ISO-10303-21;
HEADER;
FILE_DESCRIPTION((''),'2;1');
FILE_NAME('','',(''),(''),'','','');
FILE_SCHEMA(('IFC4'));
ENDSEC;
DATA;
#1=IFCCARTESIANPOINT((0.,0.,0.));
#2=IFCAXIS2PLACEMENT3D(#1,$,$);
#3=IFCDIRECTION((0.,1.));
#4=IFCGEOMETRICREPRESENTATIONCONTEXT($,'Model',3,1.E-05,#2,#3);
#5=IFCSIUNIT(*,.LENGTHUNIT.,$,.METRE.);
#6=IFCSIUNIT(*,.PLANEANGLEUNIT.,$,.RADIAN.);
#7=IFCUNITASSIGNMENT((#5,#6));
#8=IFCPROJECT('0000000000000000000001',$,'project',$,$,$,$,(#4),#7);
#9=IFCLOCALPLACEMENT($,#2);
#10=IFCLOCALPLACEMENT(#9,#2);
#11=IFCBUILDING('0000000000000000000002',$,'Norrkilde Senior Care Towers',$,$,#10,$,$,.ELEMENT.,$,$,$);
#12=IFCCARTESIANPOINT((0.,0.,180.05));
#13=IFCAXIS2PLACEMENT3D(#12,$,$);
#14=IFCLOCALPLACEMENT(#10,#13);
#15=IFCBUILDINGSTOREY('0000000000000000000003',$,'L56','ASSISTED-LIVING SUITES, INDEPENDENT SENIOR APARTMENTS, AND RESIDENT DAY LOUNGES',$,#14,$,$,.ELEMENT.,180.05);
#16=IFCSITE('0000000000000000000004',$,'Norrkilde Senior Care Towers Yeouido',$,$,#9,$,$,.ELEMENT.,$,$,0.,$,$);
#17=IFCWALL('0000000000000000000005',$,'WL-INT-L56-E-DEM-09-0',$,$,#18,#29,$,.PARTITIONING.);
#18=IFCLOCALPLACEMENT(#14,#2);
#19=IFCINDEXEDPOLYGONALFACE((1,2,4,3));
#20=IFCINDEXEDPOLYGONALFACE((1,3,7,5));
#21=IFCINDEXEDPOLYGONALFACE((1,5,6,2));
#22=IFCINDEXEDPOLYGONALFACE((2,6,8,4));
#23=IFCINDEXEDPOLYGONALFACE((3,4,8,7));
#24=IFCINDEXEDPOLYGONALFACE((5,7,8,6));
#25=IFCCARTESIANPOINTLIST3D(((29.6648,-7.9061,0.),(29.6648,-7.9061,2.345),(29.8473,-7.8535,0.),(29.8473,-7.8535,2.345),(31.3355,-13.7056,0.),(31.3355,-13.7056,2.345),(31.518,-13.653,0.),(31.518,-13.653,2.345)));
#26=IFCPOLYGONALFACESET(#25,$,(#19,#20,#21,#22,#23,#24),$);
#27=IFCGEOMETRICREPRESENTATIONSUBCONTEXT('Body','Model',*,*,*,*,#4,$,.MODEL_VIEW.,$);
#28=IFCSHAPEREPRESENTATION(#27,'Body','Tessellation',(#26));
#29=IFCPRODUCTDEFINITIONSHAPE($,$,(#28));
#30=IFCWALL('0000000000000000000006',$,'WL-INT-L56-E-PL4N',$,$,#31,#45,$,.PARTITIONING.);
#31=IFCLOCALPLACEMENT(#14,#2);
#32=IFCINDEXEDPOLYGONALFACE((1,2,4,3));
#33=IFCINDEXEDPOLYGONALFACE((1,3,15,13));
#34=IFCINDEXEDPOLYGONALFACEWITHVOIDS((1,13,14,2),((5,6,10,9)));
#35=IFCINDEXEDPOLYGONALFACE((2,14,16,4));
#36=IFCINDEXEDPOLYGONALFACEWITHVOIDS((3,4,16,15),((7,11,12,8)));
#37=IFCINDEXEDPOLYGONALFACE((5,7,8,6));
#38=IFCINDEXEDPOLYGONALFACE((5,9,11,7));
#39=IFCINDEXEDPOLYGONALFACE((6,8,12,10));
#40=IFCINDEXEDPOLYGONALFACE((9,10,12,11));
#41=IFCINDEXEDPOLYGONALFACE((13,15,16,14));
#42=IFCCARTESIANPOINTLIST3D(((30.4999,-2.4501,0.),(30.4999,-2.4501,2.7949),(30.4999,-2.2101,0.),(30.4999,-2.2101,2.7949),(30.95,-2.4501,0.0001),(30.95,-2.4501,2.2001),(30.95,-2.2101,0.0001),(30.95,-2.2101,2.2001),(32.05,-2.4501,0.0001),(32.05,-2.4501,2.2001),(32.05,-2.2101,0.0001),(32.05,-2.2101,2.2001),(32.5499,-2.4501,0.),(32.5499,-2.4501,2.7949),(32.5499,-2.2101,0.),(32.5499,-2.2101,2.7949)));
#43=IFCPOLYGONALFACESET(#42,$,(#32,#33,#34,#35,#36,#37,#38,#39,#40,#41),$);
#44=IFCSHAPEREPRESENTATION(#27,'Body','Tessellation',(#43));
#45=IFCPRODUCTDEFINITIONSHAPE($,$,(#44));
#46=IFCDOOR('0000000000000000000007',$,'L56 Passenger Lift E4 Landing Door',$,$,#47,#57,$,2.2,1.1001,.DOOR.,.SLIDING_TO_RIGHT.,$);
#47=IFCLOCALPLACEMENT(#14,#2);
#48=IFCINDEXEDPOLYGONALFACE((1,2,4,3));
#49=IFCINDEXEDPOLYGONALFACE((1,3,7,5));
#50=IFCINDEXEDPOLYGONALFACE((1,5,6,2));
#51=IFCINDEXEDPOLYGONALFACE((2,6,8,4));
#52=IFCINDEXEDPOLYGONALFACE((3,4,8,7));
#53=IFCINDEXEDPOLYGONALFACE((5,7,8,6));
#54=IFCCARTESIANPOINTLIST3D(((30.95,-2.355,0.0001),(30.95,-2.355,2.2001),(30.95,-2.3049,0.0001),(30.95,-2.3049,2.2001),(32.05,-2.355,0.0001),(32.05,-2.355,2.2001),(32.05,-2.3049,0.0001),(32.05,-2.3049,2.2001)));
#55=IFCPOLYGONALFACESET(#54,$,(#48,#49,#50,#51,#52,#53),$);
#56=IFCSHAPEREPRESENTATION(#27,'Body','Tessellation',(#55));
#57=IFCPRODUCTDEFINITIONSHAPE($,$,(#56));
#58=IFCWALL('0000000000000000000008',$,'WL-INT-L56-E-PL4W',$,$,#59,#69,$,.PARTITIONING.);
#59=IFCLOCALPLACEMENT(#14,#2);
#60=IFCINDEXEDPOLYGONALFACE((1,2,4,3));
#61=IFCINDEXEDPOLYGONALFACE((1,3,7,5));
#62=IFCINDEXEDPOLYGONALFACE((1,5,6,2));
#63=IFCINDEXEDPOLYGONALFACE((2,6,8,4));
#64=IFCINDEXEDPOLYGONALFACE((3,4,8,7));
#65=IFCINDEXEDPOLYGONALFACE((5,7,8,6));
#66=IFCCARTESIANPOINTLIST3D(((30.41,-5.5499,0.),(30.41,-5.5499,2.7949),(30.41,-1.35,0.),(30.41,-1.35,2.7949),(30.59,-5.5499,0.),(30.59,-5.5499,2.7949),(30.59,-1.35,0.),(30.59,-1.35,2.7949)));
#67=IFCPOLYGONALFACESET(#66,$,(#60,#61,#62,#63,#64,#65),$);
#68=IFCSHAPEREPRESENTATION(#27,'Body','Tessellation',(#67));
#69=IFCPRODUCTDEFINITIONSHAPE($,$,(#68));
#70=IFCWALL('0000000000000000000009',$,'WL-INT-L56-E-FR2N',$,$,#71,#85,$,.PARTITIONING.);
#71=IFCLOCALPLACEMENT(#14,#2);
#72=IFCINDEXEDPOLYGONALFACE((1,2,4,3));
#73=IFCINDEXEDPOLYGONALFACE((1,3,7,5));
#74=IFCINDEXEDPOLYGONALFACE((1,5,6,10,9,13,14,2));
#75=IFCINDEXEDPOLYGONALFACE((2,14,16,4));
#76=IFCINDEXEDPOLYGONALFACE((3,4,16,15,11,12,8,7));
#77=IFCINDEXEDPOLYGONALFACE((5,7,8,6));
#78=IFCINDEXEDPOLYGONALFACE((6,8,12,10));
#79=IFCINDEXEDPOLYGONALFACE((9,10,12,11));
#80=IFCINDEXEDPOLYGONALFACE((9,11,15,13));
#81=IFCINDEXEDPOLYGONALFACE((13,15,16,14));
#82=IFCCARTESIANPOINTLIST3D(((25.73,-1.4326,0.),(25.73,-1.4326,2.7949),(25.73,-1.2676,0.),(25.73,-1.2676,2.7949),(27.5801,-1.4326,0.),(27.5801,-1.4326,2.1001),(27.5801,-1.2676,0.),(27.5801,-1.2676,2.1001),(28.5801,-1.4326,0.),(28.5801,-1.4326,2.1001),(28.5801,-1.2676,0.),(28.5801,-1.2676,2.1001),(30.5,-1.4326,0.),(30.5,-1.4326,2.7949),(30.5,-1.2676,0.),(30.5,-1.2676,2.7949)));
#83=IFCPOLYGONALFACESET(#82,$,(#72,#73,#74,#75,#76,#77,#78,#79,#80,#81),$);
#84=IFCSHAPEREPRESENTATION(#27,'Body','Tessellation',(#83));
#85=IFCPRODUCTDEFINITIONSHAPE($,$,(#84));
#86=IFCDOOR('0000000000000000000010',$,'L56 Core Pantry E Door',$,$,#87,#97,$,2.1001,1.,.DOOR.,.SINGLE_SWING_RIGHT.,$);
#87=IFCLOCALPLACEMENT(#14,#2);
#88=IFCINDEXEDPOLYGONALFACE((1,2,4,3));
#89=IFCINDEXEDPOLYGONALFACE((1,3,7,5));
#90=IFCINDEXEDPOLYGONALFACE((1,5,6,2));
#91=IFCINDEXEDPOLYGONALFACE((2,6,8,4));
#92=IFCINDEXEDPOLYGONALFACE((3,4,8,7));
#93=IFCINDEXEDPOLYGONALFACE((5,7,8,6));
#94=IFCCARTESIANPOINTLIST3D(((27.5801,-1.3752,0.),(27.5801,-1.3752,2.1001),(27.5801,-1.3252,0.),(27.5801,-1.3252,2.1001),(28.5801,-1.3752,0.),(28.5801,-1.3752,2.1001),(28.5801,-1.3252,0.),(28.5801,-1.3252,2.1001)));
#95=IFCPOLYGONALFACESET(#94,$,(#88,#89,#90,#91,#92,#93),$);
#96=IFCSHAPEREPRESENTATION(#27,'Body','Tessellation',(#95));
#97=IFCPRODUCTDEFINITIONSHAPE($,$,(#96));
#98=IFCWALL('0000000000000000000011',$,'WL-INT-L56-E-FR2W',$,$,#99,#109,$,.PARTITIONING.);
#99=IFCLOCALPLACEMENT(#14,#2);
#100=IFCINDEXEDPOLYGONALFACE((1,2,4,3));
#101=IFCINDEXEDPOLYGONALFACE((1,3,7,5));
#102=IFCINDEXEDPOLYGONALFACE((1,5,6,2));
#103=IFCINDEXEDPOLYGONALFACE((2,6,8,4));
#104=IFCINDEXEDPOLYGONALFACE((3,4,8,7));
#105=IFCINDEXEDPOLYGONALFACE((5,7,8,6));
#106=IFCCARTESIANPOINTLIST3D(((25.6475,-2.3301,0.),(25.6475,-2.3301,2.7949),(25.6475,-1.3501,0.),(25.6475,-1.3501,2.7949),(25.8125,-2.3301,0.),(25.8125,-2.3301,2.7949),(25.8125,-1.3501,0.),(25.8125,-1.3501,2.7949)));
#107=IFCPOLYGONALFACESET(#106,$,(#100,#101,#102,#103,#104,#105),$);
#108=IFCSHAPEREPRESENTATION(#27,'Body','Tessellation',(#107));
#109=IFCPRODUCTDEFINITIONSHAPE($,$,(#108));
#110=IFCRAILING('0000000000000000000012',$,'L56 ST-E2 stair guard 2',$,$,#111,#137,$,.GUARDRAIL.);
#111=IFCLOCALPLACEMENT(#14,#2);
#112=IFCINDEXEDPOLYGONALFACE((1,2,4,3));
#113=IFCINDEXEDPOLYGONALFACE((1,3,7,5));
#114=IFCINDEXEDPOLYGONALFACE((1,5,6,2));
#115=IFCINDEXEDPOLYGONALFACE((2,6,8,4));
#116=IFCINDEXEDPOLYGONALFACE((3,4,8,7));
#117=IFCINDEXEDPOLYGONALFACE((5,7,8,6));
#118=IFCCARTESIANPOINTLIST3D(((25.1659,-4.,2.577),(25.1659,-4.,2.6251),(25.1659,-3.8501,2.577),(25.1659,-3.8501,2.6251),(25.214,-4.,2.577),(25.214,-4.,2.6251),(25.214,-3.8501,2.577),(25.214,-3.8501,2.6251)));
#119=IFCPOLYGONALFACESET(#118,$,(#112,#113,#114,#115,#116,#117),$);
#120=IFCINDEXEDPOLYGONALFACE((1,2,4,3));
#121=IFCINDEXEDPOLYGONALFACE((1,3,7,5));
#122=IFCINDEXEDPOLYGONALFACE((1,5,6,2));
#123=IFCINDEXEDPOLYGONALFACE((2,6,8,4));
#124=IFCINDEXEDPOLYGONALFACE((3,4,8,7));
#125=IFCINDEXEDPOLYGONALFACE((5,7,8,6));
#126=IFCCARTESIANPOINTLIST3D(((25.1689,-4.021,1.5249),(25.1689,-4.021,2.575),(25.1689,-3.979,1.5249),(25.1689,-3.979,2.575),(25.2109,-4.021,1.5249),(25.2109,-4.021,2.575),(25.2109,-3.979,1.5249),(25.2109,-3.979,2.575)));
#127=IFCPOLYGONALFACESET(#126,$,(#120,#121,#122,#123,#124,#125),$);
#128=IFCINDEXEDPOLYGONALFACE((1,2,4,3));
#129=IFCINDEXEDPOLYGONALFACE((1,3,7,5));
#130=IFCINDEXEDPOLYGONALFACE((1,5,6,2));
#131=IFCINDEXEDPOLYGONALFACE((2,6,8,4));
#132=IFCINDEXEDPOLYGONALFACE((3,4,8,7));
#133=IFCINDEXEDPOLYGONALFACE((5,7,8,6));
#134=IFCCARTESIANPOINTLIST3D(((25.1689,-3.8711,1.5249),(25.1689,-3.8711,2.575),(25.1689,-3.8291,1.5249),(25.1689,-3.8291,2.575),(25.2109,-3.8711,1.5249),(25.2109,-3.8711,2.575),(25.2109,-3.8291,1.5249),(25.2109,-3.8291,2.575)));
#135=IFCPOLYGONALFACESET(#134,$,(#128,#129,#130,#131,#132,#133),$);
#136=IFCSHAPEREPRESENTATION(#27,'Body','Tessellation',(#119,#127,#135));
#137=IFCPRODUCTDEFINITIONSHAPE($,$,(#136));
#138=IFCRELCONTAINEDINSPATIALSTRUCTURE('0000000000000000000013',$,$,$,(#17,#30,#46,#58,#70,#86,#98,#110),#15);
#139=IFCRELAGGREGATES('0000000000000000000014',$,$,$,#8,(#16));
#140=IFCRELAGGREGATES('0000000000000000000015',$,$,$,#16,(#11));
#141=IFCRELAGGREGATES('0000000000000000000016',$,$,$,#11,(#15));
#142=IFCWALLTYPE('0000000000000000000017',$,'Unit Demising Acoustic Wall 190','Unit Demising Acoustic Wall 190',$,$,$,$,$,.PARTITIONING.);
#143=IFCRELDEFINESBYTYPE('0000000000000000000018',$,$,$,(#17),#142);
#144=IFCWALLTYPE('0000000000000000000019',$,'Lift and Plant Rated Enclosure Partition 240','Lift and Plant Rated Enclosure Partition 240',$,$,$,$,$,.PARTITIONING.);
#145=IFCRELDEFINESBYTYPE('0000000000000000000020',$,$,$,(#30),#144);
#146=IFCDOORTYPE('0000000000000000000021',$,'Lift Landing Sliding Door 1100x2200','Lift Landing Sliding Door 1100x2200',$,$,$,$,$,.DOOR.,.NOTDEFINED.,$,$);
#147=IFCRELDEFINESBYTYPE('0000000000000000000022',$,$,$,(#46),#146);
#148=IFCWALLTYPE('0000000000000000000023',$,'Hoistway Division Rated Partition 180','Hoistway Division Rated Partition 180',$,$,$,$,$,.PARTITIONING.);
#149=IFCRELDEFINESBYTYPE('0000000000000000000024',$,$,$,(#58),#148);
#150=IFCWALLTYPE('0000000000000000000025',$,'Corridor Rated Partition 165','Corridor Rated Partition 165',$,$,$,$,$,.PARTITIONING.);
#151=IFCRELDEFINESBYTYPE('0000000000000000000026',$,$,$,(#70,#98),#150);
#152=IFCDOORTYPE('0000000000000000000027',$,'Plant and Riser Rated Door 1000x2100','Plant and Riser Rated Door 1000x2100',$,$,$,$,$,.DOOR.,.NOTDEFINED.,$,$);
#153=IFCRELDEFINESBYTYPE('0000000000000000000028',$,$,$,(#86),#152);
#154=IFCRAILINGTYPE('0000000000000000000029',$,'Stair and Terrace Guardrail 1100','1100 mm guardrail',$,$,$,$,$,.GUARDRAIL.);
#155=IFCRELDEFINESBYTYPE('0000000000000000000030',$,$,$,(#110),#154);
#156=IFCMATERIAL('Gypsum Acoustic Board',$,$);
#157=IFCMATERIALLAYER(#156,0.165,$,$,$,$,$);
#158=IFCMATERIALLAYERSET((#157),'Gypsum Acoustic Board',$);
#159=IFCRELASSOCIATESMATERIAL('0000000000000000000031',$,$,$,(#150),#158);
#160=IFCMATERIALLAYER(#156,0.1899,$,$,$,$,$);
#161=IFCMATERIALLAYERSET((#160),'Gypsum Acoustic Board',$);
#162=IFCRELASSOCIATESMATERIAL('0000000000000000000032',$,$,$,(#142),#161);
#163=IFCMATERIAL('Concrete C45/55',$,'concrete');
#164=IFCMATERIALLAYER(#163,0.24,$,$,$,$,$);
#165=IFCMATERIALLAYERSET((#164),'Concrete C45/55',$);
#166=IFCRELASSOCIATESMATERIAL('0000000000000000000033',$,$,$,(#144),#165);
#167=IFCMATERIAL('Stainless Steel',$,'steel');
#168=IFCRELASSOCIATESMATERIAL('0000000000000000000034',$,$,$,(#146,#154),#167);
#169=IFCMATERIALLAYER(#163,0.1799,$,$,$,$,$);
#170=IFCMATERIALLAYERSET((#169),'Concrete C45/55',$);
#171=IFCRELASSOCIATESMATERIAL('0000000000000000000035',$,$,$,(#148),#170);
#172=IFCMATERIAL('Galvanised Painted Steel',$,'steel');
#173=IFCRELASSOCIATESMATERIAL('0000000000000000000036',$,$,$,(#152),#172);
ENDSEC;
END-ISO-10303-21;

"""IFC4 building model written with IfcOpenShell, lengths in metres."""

from ifc_helpers import new_model, si_unit, direction, frame, frame_2d, origin, origin_2d, place, context, subcontext, project, spatial, rectangle, extrude, source, transform, mapped, material, layer, layer_set, type_object, type_shapes, element, fill, save


model = new_model("IFC4")

# Units and contexts
model_context = context("Model", 3, precision=1e-05, world=origin(), true_north=direction((0.0, 1.0)))
body_context = subcontext(model_context, "Body", "Model", "MODEL_VIEW")
ifc_project = project(units=[si_unit("LENGTHUNIT", "METRE"), si_unit("PLANEANGLEUNIT", "RADIAN")], contexts=[model_context])

# Site, building, storey
site_placement = place(None, origin())
site = spatial("IfcSite", under=ifc_project, at=site_placement, Name="Norrkilde Senior Care Towers Yeouido", CompositionType="ELEMENT", RefElevation=0.0)
building_placement = place(site_placement, origin())
building = spatial("IfcBuilding", under=site, at=building_placement, Name="Norrkilde Senior Care Towers", CompositionType="ELEMENT")
storey_placement = place(building_placement, frame((0.0, 0.0, 180.05)))
storey = spatial("IfcBuildingStorey", under=building, at=storey_placement, Name="L56", Description="ASSISTED-LIVING SUITES, INDEPENDENT SENIOR APARTMENTS, AND RESIDENT DAY LOUNGES", CompositionType="ELEMENT", Elevation=180.05)

# Shared definitions
ifc_material_1 = material(Name="Concrete C45/55", Category="concrete")
ifc_material_2 = material(Name="Gypsum Acoustic Board")

# Shared definitions
ifc_layer_1 = layer(ifc_material_2, 0.165)
ifc_layer_set_1 = layer_set([ifc_layer_1], Name="Gypsum Acoustic Board")
wall_type_1 = type_object("IfcWallType", Name="Corridor Rated Partition 165", Description="Corridor Rated Partition 165", PredefinedType="PARTITIONING", material=ifc_layer_set_1)
ifc_material_3 = material(Name="Galvanised Painted Steel", Category="steel")

# Wall
ifc_layer_2 = layer(ifc_material_2, 0.1899)
ifc_layer_set_2 = layer_set([ifc_layer_2], Name="Gypsum Acoustic Board")
wall_type_2 = type_object("IfcWallType", Name="Unit Demising Acoustic Wall 190", Description="Unit Demising Acoustic Wall 190", PredefinedType="PARTITIONING", material=ifc_layer_set_2)
shared_shape_1 = source(origin(), body_context, "Body", "SweptSolid", [
    extrude(rectangle(XDim=6.0354, YDim=0.1899, at=frame_2d((3.0176, 0.0))), origin(), (0.0, 0.0, 1.0), 2.345),
])
type_shapes(wall_type_2, [shared_shape_1])
wall_1_placement = place(storey_placement, frame((29.7561, -7.8799, 0.0), z_axis=(0.0, 0.0, 1.0), x_axis=(0.276809, -0.960925, 0.0)))
element("IfcWall", 1, at=wall_1_placement, inside=storey, type_object=wall_type_2, Name="WL-INT-L56-E-DEM-09-0", PredefinedType="PARTITIONING", context=body_context, shape_type="MappedRepresentation", body=[
    mapped(shared_shape_1, transform((0.0, 0.0, 0.0), x_axis=(1.0, 0.0, 0.0), y_axis=(0.0, 1.0, 0.0), z_axis=(0.0, 0.0, 1.0), scale=1.0)),
])

# Wall, opening, door
ifc_layer_3 = layer(ifc_material_1, 0.24)
ifc_layer_set_3 = layer_set([ifc_layer_3], Name="Concrete C45/55")
wall_type_3 = type_object("IfcWallType", Name="Lift and Plant Rated Enclosure Partition 240", Description="Lift and Plant Rated Enclosure Partition 240", PredefinedType="PARTITIONING", material=ifc_layer_set_3)
shared_shape_2 = source(origin(), body_context, "Body", "SweptSolid", [
    extrude(rectangle(XDim=2.05, YDim=0.24, at=frame_2d((1.0249, 0.0))), origin(), (0.0, 0.0, 1.0), 2.7949),
])
type_shapes(wall_type_3, [shared_shape_2])
wall_2_placement = place(storey_placement, frame((30.5, -2.3301, 0.0), z_axis=(0.0, 0.0, 1.0), x_axis=(1.0, 0.0, 0.0)))
wall_2 = element("IfcWall", 2, at=wall_2_placement, inside=storey, type_object=wall_type_3, Name="WL-INT-L56-E-PL4N", PredefinedType="PARTITIONING", context=body_context, shape_type="MappedRepresentation", body=[
    mapped(shared_shape_2, transform((0.0, 0.0, 0.0), x_axis=(1.0, 0.0, 0.0), y_axis=(0.0, 1.0, 0.0), z_axis=(0.0, 0.0, 1.0), scale=1.0)),
])
opening_1_placement = place(wall_2_placement, frame((0.45, 0.0, 0.0)))
opening_1 = element("IfcOpeningElement", 3, at=opening_1_placement, cuts=wall_2, PredefinedType="OPENING", context=body_context, shape_type="SweptSolid", body=[
    extrude(rectangle(XDim=1.1001, YDim=2.2, at=frame_2d((0.55, 1.1001))), frame((0.0, 0.1299, 0.0), z_axis=(0.0, -1.0, 0.0), x_axis=(1.0, 0.0, 0.0)), (0.0, 0.0, 1.0), 0.26),
])
ifc_material_4 = material(Name="Stainless Steel", Category="steel")
door_type_1 = type_object("IfcDoorType", Name="Lift Landing Sliding Door 1100x2200", Description="Lift Landing Sliding Door 1100x2200", OperationType="NOTDEFINED", PredefinedType="DOOR", material=ifc_material_4)
shared_shape_3 = source(origin(), body_context, "Body", "SweptSolid", [
    extrude(rectangle(XDim=1.1001, YDim=2.2, at=frame_2d((0.55, 1.1001))), frame((0.0, 0.0249, 0.0), z_axis=(0.0, -1.0, 0.0), x_axis=(1.0, 0.0, 0.0)), (0.0, 0.0, 1.0), 0.05),
])
type_shapes(door_type_1, [shared_shape_3])
door_1_placement = place(opening_1_placement, frame((1.1001, 0.0, 0.0), z_axis=(0.0, 0.0, 1.0), x_axis=(-1.0, 0.0, 0.0)))
door_1 = element("IfcDoor", 4, at=door_1_placement, inside=storey, type_object=door_type_1, Name="L56 Passenger Lift E4 Landing Door", OperationType="SLIDING_TO_RIGHT", OverallHeight=2.2, OverallWidth=1.1001, PredefinedType="DOOR", context=body_context, shape_type="MappedRepresentation", body=[
    mapped(shared_shape_3, transform((0.0, 0.0, 0.0), x_axis=(1.0, 0.0, 0.0), y_axis=(0.0, 1.0, 0.0), z_axis=(0.0, 0.0, 1.0), scale=1.0)),
])
fill(opening_1, door_1)

# Wall
ifc_layer_4 = layer(ifc_material_1, 0.1799)
ifc_layer_set_4 = layer_set([ifc_layer_4], Name="Concrete C45/55")
wall_type_4 = type_object("IfcWallType", Name="Hoistway Division Rated Partition 180", Description="Hoistway Division Rated Partition 180", PredefinedType="PARTITIONING", material=ifc_layer_set_4)
shared_shape_4 = source(origin(), body_context, "Body", "SweptSolid", [
    extrude(rectangle(XDim=4.2, YDim=0.1799, at=frame_2d((2.1001, 0.0))), origin(), (0.0, 0.0, 1.0), 2.7949),
])
type_shapes(wall_type_4, [shared_shape_4])
wall_3_placement = place(storey_placement, frame((30.5, -5.55, 0.0), z_axis=(0.0, 0.0, 1.0), x_axis=(0.0, 1.0, 0.0)))
element("IfcWall", 5, at=wall_3_placement, inside=storey, type_object=wall_type_4, Name="WL-INT-L56-E-PL4W", PredefinedType="PARTITIONING", context=body_context, shape_type="MappedRepresentation", body=[
    mapped(shared_shape_4, transform((0.0, 0.0, 0.0), x_axis=(1.0, 0.0, 0.0), y_axis=(0.0, 1.0, 0.0), z_axis=(0.0, 0.0, 1.0), scale=1.0)),
])

# Wall, opening, door
shared_shape_5 = source(origin(), body_context, "Body", "SweptSolid", [
    extrude(rectangle(XDim=4.77, YDim=0.165, at=frame_2d((2.385, 0.0))), origin(), (0.0, 0.0, 1.0), 2.7949),
])
wall_4_placement = place(storey_placement, frame((25.73, -1.3501, 0.0), z_axis=(0.0, 0.0, 1.0), x_axis=(1.0, 0.0, 0.0)))
wall_4 = element("IfcWall", 6, at=wall_4_placement, inside=storey, type_object=wall_type_1, Name="WL-INT-L56-E-FR2N", PredefinedType="PARTITIONING", context=body_context, shape_type="MappedRepresentation", body=[
    mapped(shared_shape_5, transform((0.0, 0.0, 0.0), x_axis=(1.0, 0.0, 0.0), y_axis=(0.0, 1.0, 0.0), z_axis=(0.0, 0.0, 1.0), scale=1.0)),
])
opening_2_placement = place(wall_4_placement, frame((1.8501, 0.0, 0.0)))
opening_2 = element("IfcOpeningElement", 7, at=opening_2_placement, cuts=wall_4, PredefinedType="OPENING", context=body_context, shape_type="SweptSolid", body=[
    extrude(rectangle(XDim=1.0, YDim=2.1001, at=frame_2d((0.5, 1.05))), frame((0.0, 0.0925, 0.0), z_axis=(0.0, -1.0, 0.0), x_axis=(1.0, 0.0, 0.0)), (0.0, 0.0, 1.0), 0.1851),
])
door_type_2 = type_object("IfcDoorType", Name="Plant and Riser Rated Door 1000x2100", Description="Plant and Riser Rated Door 1000x2100", OperationType="NOTDEFINED", PredefinedType="DOOR", material=ifc_material_3)
shared_shape_6 = source(origin(), body_context, "Body", "SweptSolid", [
    extrude(rectangle(XDim=1.0, YDim=2.1001, at=frame_2d((0.5, 1.05))), frame((0.0, 0.0249, 0.0), z_axis=(0.0, -1.0, 0.0), x_axis=(1.0, 0.0, 0.0)), (0.0, 0.0, 1.0), 0.05),
])
type_shapes(door_type_2, [shared_shape_6])
door_2_placement = place(opening_2_placement, origin())
door_2 = element("IfcDoor", 8, at=door_2_placement, inside=storey, type_object=door_type_2, Name="L56 Core Pantry E Door", OperationType="SINGLE_SWING_RIGHT", OverallHeight=2.1001, OverallWidth=1.0, PredefinedType="DOOR", context=body_context, shape_type="MappedRepresentation", body=[
    mapped(shared_shape_6, transform((0.0, 0.0, 0.0), x_axis=(1.0, 0.0, 0.0), y_axis=(0.0, 1.0, 0.0), z_axis=(0.0, 0.0, 1.0), scale=1.0)),
])
fill(opening_2, door_2)

# Wall
shared_shape_7 = source(origin(), body_context, "Body", "SweptSolid", [
    extrude(rectangle(XDim=0.98, YDim=0.165, at=frame_2d((0.49, 0.0))), origin(), (0.0, 0.0, 1.0), 2.7949),
])
wall_5_placement = place(storey_placement, frame((25.73, -2.3301, 0.0), z_axis=(0.0, 0.0, 1.0), x_axis=(0.0, 1.0, 0.0)))
element("IfcWall", 9, at=wall_5_placement, inside=storey, type_object=wall_type_1, Name="WL-INT-L56-E-FR2W", PredefinedType="PARTITIONING", context=body_context, shape_type="MappedRepresentation", body=[
    mapped(shared_shape_7, transform((0.0, 0.0, 0.0), x_axis=(1.0, 0.0, 0.0), y_axis=(0.0, 1.0, 0.0), z_axis=(0.0, 0.0, 1.0), scale=1.0)),
])

# Railing
railing_type = type_object("IfcRailingType", Name="Stair and Terrace Guardrail 1100", Description="1100 mm guardrail", PredefinedType="GUARDRAIL", material=ifc_material_4)
railing_placement = place(storey_placement, frame((25.1899, -4.0, 1.5249)))
element("IfcRailing", 10, at=railing_placement, inside=storey, type_object=railing_type, Name="L56 ST-E2 stair guard 2", PredefinedType="GUARDRAIL", context=body_context, shape_type="SweptSolid", body=[
    extrude(rectangle(XDim=0.0481, YDim=0.0481, at=origin_2d()), frame((0.0, 0.0, 1.0762), z_axis=(0.0, 1.0, 0.0), x_axis=(-1.0, 0.0, 0.0)), (0.0, 0.0, 1.0), 0.1499),
    extrude(rectangle(XDim=0.042, YDim=0.042, at=origin_2d()), origin(), (0.0, 0.0, 1.0), 1.05),
    extrude(rectangle(XDim=0.042, YDim=0.042, at=origin_2d()), frame((0.0, 0.1499, 0.0)), (0.0, 0.0, 1.0), 1.05),
])

save(model, "model.ifc")
